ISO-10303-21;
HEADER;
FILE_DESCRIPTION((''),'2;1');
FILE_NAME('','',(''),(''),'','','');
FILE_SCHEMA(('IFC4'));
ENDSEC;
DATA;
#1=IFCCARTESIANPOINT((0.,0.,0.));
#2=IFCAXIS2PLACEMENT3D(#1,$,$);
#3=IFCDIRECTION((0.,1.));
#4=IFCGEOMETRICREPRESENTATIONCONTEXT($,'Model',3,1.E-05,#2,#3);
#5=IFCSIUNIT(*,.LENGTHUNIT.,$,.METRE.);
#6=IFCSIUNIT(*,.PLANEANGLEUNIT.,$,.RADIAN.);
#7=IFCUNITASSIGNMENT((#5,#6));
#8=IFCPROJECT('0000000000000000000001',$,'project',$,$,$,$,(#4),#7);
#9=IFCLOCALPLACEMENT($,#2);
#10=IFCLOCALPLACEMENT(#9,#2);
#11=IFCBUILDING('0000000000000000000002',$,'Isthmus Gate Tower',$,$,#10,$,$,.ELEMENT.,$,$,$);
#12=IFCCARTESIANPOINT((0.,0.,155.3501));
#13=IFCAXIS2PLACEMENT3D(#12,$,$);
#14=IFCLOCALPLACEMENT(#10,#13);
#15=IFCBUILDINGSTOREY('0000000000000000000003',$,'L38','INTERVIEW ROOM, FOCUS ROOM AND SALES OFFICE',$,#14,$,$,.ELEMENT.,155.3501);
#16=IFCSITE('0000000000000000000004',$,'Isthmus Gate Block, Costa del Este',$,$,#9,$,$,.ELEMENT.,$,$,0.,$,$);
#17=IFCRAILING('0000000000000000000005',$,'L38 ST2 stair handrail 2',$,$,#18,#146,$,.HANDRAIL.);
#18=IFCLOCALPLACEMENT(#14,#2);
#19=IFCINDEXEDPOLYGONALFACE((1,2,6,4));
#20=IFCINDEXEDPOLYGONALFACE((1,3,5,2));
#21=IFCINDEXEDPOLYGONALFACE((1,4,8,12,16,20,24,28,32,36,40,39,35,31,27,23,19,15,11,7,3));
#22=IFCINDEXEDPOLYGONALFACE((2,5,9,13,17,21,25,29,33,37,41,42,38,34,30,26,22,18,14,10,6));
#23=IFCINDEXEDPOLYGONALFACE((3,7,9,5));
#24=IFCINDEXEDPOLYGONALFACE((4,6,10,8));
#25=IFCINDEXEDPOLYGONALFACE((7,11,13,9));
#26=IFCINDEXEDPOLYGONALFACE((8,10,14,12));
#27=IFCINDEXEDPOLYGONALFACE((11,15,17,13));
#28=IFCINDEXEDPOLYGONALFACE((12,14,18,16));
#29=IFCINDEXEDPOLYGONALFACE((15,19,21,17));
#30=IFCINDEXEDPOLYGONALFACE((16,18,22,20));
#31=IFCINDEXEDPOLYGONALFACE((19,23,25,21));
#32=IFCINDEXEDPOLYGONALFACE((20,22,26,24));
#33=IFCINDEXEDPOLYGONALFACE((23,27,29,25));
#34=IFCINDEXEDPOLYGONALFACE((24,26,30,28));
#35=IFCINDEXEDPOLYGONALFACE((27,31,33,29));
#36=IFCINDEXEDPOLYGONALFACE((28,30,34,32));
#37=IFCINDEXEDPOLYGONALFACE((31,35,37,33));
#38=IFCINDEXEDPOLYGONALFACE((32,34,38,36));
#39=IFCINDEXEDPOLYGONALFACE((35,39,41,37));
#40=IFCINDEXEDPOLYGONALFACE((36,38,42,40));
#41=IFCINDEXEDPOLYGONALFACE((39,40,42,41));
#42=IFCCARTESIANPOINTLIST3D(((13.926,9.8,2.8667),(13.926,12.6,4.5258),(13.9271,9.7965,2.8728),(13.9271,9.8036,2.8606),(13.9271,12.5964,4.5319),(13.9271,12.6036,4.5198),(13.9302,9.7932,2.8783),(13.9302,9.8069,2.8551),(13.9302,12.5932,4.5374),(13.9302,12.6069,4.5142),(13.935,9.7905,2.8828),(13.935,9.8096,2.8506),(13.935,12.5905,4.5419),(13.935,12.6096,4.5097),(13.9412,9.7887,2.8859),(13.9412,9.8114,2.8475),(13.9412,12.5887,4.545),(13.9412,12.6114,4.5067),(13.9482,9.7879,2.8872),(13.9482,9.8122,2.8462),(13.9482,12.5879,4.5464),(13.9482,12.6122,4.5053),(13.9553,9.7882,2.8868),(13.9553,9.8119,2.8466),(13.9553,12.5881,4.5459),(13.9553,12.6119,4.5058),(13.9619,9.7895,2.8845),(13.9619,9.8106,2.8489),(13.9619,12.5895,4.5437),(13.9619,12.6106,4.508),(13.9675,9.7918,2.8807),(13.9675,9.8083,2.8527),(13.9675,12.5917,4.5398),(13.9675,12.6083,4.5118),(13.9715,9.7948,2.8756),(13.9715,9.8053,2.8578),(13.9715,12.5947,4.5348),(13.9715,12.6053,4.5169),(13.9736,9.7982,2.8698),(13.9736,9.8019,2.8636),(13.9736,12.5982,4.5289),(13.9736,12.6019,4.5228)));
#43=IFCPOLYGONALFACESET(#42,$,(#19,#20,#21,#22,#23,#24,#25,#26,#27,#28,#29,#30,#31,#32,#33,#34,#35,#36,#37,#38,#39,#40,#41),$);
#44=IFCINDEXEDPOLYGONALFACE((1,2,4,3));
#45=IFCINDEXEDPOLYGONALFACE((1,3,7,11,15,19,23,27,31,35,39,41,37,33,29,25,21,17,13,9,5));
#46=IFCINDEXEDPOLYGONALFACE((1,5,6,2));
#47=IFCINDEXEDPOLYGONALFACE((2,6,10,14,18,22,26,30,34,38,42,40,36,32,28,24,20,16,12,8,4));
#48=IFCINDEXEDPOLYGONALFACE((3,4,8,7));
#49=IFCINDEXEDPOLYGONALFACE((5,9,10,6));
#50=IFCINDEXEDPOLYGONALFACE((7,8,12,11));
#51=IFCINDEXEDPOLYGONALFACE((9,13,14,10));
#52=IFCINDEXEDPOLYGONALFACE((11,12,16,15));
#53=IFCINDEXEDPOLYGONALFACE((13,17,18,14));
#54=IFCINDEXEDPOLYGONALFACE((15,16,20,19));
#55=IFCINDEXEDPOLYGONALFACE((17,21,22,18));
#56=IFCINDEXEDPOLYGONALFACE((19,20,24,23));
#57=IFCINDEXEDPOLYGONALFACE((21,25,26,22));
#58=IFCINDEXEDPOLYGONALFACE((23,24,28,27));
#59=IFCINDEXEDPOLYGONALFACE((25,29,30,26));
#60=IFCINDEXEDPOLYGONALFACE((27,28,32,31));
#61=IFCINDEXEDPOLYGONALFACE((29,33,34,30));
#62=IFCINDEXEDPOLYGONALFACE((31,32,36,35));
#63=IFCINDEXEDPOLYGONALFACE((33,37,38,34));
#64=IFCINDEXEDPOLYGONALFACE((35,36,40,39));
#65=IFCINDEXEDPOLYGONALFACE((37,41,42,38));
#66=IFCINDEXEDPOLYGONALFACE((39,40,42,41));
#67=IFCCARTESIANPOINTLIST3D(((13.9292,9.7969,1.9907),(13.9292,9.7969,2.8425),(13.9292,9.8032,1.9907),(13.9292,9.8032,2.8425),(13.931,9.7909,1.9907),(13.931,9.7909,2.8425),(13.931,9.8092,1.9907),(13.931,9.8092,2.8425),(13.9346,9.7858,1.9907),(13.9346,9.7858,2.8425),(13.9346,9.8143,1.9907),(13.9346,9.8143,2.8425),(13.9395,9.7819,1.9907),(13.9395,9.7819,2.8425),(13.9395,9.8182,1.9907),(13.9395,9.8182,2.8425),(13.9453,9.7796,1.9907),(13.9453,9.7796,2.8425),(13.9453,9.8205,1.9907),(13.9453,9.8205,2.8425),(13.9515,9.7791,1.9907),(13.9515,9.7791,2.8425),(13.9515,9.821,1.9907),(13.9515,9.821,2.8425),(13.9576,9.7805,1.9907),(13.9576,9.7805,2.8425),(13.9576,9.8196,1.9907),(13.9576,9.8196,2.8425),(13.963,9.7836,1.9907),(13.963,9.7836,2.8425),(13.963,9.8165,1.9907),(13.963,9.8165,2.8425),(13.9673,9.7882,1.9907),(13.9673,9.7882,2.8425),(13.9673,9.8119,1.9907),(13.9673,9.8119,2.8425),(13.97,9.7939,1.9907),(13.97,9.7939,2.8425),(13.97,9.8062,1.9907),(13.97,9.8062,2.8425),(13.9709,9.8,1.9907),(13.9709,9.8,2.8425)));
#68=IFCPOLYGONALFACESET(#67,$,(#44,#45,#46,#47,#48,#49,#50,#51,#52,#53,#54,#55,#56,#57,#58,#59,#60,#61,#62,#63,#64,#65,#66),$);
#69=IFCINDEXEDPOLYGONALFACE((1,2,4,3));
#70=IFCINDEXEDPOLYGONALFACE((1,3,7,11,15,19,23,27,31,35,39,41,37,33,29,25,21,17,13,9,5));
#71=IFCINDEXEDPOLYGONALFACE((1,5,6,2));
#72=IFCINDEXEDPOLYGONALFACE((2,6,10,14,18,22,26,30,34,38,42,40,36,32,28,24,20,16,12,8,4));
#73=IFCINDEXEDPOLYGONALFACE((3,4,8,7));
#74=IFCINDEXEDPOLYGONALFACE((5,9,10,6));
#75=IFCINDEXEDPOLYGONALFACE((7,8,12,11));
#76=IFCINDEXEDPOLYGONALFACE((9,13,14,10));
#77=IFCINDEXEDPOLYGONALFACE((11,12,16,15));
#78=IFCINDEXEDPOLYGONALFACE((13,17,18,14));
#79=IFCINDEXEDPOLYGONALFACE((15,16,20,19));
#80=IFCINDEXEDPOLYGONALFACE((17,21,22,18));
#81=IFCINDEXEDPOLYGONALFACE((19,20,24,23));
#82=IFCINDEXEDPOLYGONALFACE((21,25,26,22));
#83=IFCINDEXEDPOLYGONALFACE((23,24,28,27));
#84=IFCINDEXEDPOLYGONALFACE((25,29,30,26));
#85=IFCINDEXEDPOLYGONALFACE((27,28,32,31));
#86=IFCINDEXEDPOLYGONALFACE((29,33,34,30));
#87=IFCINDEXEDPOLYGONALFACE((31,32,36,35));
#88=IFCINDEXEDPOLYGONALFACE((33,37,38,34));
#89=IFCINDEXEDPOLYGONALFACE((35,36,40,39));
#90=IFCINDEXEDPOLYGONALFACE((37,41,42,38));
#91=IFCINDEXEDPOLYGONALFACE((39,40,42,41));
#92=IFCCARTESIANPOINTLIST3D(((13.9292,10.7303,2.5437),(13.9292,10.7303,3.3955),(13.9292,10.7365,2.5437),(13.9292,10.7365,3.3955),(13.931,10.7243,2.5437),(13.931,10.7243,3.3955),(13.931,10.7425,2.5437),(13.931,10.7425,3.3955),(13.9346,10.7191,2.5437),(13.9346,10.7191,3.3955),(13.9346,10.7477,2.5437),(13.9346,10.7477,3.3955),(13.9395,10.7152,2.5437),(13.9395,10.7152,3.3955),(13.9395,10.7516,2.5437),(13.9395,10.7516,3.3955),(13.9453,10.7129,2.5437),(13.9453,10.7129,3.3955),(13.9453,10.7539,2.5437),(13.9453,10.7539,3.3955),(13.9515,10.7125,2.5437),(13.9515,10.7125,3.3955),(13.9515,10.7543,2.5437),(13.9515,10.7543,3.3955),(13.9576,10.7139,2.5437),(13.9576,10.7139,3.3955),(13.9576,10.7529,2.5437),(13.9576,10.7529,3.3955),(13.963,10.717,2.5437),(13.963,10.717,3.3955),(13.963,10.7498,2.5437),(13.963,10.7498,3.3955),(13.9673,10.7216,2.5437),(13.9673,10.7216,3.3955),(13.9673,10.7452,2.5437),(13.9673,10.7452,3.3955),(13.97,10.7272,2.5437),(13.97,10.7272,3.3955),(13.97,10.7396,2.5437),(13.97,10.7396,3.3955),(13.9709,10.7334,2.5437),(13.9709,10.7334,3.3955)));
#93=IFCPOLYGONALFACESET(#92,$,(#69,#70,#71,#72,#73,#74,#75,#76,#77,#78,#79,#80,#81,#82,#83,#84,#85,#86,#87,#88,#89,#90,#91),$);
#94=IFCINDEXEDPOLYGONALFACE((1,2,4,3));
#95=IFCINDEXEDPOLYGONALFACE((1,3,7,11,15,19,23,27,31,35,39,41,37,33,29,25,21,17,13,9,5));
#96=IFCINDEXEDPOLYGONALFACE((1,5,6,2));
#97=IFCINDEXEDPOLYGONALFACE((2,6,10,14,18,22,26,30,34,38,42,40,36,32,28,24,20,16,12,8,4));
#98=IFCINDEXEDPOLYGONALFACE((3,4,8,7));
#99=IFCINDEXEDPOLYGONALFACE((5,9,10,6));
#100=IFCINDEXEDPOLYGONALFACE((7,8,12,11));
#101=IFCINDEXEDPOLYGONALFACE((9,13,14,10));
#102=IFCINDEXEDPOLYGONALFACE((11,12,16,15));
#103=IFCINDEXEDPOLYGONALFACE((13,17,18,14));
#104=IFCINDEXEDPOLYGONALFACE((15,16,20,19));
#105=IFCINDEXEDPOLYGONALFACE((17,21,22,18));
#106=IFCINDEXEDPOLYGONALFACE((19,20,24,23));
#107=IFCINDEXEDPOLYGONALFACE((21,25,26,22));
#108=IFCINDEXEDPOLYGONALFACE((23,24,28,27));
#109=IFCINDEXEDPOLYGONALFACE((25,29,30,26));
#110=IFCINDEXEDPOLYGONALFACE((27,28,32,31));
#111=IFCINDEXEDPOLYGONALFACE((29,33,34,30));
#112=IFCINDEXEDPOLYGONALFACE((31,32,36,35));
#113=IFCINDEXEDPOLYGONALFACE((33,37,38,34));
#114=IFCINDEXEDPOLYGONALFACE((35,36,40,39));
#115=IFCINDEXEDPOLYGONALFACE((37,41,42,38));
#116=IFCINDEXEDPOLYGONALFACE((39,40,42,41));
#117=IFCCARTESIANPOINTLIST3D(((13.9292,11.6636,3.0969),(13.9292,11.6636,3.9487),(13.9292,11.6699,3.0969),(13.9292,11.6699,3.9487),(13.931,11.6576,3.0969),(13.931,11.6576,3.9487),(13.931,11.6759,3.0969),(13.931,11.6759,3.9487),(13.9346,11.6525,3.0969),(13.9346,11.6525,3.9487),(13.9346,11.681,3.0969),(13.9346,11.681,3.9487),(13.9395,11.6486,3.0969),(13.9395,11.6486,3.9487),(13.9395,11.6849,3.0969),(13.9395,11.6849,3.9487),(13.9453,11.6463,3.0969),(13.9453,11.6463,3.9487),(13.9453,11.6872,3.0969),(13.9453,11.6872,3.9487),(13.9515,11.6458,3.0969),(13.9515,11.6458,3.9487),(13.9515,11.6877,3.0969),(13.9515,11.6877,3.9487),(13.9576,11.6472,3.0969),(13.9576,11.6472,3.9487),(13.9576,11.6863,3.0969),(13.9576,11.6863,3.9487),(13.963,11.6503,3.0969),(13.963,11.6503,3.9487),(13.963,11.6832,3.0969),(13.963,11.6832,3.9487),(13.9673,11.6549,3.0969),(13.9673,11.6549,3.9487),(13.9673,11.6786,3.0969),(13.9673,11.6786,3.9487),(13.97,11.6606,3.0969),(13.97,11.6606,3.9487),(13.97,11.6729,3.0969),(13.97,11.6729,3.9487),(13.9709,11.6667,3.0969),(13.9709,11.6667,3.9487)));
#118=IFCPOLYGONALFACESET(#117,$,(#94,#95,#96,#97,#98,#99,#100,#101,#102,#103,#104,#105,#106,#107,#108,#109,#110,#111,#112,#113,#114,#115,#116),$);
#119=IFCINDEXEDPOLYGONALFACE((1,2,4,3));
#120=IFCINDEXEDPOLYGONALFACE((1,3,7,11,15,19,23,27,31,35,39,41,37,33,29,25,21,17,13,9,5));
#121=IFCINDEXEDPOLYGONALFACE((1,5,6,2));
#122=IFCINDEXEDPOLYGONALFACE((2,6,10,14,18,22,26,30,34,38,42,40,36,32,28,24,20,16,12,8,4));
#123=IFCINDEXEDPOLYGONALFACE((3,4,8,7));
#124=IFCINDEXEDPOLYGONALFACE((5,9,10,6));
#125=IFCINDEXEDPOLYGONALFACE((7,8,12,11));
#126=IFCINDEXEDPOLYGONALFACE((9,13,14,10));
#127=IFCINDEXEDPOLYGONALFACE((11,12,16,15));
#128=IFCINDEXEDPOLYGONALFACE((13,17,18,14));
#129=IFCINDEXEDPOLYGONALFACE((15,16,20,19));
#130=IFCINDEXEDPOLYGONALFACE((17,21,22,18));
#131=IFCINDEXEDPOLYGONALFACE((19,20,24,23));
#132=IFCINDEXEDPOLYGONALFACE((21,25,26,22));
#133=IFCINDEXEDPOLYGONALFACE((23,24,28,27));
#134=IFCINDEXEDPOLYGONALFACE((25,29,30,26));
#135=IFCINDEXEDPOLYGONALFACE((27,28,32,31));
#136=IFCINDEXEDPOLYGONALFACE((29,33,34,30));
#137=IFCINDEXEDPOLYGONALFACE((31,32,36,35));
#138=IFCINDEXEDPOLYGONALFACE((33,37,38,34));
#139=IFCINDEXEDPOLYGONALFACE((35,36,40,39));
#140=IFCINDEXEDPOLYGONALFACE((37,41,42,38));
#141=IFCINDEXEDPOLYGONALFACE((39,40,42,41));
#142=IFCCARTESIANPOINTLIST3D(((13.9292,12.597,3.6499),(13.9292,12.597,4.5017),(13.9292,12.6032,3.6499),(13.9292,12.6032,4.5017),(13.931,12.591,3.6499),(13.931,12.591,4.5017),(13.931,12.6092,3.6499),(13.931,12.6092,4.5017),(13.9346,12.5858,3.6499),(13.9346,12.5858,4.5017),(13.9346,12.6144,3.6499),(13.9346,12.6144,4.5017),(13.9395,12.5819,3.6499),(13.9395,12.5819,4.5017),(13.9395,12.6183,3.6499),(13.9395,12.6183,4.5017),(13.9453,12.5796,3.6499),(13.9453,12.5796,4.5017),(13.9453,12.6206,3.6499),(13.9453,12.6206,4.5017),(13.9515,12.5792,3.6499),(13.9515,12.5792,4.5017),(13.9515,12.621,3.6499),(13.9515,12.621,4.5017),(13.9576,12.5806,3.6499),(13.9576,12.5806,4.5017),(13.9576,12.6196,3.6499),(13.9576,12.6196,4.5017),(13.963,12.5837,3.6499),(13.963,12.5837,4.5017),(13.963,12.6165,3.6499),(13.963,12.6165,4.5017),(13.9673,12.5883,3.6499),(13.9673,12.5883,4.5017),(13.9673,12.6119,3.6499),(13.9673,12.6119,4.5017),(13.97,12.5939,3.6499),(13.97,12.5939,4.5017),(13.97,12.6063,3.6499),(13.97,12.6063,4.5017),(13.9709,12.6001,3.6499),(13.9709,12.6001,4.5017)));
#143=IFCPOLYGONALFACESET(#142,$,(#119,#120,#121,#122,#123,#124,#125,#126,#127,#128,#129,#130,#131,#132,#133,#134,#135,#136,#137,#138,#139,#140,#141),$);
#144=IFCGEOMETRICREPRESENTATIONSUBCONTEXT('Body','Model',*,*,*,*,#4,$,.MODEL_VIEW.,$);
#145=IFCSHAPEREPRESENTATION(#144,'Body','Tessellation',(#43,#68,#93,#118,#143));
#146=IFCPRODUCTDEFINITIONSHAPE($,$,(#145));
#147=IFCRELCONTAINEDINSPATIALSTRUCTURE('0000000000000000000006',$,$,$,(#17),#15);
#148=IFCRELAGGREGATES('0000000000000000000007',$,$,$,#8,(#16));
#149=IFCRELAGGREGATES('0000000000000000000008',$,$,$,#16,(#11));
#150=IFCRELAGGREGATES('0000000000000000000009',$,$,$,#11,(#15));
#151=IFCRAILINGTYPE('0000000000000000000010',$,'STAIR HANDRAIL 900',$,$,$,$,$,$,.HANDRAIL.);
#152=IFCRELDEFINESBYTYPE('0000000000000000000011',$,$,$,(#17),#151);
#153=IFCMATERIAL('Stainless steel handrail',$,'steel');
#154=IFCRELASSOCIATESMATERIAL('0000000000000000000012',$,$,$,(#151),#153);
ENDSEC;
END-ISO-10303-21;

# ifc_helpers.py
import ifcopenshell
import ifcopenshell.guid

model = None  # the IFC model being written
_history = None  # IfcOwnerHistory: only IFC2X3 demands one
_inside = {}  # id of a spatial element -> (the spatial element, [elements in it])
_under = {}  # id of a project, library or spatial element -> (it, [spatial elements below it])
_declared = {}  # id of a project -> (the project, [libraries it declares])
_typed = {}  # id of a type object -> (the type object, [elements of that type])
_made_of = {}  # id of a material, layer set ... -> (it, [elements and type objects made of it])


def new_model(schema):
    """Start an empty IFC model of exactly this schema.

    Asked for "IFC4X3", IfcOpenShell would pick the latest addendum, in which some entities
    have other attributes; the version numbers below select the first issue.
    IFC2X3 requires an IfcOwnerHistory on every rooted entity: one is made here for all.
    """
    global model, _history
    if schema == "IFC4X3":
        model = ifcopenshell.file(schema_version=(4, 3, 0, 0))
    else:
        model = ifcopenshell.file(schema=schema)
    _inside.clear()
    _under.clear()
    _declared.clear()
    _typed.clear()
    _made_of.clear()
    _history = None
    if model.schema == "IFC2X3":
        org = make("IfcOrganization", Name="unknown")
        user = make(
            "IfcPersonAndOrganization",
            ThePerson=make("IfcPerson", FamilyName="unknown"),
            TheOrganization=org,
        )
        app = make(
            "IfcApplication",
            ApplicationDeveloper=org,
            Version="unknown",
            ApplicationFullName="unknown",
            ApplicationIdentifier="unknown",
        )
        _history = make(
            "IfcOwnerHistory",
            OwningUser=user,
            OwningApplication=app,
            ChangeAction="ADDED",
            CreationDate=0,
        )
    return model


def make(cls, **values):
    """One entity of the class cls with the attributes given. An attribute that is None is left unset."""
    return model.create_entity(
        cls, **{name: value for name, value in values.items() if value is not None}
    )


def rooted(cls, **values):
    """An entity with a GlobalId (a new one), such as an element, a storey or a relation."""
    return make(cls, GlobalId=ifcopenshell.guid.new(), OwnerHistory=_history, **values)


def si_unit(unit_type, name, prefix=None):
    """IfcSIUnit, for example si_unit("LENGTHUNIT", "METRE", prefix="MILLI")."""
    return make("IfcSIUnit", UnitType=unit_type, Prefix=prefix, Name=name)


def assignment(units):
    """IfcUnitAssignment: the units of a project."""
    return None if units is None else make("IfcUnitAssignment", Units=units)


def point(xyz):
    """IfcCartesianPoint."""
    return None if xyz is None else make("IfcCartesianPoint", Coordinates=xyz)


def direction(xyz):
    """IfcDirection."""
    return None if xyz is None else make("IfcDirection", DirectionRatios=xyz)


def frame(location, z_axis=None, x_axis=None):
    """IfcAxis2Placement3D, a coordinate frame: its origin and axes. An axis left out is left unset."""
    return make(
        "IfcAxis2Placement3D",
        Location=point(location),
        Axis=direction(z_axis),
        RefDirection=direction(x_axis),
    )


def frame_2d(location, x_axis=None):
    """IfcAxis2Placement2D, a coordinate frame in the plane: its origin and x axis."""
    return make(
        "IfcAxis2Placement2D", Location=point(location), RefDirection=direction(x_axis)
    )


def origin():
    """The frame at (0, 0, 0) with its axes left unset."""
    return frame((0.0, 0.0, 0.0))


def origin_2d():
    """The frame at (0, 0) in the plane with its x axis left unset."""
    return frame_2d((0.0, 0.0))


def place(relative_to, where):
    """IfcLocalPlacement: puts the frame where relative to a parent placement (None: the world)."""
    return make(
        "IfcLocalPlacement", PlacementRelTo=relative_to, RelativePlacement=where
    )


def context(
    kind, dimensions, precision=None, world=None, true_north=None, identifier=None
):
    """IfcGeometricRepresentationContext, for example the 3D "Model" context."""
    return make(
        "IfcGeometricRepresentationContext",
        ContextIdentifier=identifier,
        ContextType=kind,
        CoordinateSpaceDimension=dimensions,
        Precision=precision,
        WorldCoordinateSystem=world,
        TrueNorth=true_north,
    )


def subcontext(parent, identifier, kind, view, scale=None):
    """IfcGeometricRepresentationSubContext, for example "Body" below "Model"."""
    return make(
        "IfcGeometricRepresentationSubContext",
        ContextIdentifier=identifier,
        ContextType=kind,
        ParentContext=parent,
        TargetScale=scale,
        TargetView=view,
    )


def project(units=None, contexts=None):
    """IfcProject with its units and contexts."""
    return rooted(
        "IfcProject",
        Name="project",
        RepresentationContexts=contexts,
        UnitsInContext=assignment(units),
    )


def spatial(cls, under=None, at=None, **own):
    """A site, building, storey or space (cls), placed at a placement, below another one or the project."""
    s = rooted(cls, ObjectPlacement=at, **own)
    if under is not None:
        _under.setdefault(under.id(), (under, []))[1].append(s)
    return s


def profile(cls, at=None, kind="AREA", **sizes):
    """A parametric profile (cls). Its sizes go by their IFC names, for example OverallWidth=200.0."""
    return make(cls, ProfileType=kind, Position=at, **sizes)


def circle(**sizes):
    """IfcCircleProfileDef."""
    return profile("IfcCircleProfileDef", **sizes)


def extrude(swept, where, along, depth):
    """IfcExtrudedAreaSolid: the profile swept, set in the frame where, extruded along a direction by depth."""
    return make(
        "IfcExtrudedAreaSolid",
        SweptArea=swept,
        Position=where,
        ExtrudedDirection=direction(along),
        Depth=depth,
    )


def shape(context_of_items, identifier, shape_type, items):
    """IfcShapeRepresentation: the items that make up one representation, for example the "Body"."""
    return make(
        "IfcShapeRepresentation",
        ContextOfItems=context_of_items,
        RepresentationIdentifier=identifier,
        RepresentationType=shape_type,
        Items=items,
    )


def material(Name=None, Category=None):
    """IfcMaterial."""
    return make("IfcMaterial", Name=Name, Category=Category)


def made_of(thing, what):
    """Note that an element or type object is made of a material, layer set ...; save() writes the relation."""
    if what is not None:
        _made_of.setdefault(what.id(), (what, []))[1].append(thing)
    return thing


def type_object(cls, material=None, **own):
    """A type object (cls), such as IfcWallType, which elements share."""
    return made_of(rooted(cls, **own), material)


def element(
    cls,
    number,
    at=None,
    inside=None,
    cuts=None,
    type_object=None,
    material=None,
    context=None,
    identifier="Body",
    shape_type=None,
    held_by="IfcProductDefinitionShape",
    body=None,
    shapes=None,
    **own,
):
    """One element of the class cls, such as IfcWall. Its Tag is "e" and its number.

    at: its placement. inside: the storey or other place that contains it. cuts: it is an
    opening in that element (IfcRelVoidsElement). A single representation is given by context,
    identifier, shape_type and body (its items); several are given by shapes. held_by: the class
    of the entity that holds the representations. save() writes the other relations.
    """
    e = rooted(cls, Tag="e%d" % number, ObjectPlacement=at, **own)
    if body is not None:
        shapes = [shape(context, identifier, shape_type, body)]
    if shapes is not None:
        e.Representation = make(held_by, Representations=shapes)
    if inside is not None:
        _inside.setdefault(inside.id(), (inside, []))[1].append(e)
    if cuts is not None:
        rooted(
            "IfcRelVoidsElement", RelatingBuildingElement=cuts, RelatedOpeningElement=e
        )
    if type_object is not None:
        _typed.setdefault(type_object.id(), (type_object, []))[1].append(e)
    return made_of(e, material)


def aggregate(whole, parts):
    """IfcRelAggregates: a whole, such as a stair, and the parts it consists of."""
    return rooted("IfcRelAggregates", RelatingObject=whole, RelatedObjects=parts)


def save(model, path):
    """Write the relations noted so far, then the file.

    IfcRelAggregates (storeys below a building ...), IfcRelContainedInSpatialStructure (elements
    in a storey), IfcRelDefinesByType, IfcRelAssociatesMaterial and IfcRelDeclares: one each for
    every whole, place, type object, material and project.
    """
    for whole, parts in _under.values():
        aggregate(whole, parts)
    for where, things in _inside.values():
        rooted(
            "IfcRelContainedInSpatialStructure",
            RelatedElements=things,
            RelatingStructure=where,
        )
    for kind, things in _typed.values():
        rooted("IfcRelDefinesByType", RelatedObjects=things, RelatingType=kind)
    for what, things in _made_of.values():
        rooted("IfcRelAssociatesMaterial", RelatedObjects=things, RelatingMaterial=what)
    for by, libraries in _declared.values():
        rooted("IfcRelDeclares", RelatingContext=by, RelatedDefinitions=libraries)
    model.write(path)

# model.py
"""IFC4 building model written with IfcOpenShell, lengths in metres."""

from ifc_helpers import new_model, si_unit, direction, frame, origin, origin_2d, place, context, subcontext, project, spatial, circle, extrude, material, type_object, element, save


model = new_model("IFC4")

# Units and contexts
model_context = context("Model", 3, precision=1e-05, world=origin(), true_north=direction((0.0, 1.0)))
body_context = subcontext(model_context, "Body", "Model", "MODEL_VIEW")
ifc_project = project(units=[si_unit("LENGTHUNIT", "METRE"), si_unit("PLANEANGLEUNIT", "RADIAN")], contexts=[model_context])

# Site, building, storey
site_placement = place(None, origin())
site = spatial("IfcSite", under=ifc_project, at=site_placement, Name="Isthmus Gate Block, Costa del Este", CompositionType="ELEMENT", RefElevation=0.0)
building_placement = place(site_placement, origin())
building = spatial("IfcBuilding", under=site, at=building_placement, Name="Isthmus Gate Tower", CompositionType="ELEMENT")
storey_placement = place(building_placement, frame((0.0, 0.0, 155.3501)))
storey = spatial("IfcBuildingStorey", under=building, at=storey_placement, Name="L38", Description="INTERVIEW ROOM, FOCUS ROOM AND SALES OFFICE", CompositionType="ELEMENT", Elevation=155.3501)

# Railing
ifc_material_1 = material(Name="Stainless steel handrail", Category="steel")
railing_type = type_object("IfcRailingType", Name="STAIR HANDRAIL 900", PredefinedType="HANDRAIL", material=ifc_material_1)
railing_placement = place(storey_placement, frame((13.95, 9.8, 1.9907)))
element("IfcRailing", 1, at=railing_placement, inside=storey, type_object=railing_type, Name="L38 ST2 stair handrail 2", PredefinedType="HANDRAIL", context=body_context, shape_type="SweptSolid", body=[
    extrude(circle(Radius=0.0239, at=origin_2d()), frame((0.0, 0.0, 0.876), z_axis=(0.0, 0.860306, 0.509778), x_axis=(-1.0, 0.0, 0.0)), (0.0, 0.0, 1.0), 3.2546),
    extrude(circle(Radius=0.021, at=origin_2d()), origin(), (0.0, 0.0, 1.0), 0.8518),
    extrude(circle(Radius=0.021, at=origin_2d()), frame((0.0, 0.9333, 0.553)), (0.0, 0.0, 1.0), 0.8518),
    extrude(circle(Radius=0.021, at=origin_2d()), frame((0.0, 1.8667, 1.1062)), (0.0, 0.0, 1.0), 0.8518),
    extrude(circle(Radius=0.021, at=origin_2d()), frame((0.0, 2.8, 1.6592)), (0.0, 0.0, 1.0), 0.8518),
])

save(model, "model.ifc")
